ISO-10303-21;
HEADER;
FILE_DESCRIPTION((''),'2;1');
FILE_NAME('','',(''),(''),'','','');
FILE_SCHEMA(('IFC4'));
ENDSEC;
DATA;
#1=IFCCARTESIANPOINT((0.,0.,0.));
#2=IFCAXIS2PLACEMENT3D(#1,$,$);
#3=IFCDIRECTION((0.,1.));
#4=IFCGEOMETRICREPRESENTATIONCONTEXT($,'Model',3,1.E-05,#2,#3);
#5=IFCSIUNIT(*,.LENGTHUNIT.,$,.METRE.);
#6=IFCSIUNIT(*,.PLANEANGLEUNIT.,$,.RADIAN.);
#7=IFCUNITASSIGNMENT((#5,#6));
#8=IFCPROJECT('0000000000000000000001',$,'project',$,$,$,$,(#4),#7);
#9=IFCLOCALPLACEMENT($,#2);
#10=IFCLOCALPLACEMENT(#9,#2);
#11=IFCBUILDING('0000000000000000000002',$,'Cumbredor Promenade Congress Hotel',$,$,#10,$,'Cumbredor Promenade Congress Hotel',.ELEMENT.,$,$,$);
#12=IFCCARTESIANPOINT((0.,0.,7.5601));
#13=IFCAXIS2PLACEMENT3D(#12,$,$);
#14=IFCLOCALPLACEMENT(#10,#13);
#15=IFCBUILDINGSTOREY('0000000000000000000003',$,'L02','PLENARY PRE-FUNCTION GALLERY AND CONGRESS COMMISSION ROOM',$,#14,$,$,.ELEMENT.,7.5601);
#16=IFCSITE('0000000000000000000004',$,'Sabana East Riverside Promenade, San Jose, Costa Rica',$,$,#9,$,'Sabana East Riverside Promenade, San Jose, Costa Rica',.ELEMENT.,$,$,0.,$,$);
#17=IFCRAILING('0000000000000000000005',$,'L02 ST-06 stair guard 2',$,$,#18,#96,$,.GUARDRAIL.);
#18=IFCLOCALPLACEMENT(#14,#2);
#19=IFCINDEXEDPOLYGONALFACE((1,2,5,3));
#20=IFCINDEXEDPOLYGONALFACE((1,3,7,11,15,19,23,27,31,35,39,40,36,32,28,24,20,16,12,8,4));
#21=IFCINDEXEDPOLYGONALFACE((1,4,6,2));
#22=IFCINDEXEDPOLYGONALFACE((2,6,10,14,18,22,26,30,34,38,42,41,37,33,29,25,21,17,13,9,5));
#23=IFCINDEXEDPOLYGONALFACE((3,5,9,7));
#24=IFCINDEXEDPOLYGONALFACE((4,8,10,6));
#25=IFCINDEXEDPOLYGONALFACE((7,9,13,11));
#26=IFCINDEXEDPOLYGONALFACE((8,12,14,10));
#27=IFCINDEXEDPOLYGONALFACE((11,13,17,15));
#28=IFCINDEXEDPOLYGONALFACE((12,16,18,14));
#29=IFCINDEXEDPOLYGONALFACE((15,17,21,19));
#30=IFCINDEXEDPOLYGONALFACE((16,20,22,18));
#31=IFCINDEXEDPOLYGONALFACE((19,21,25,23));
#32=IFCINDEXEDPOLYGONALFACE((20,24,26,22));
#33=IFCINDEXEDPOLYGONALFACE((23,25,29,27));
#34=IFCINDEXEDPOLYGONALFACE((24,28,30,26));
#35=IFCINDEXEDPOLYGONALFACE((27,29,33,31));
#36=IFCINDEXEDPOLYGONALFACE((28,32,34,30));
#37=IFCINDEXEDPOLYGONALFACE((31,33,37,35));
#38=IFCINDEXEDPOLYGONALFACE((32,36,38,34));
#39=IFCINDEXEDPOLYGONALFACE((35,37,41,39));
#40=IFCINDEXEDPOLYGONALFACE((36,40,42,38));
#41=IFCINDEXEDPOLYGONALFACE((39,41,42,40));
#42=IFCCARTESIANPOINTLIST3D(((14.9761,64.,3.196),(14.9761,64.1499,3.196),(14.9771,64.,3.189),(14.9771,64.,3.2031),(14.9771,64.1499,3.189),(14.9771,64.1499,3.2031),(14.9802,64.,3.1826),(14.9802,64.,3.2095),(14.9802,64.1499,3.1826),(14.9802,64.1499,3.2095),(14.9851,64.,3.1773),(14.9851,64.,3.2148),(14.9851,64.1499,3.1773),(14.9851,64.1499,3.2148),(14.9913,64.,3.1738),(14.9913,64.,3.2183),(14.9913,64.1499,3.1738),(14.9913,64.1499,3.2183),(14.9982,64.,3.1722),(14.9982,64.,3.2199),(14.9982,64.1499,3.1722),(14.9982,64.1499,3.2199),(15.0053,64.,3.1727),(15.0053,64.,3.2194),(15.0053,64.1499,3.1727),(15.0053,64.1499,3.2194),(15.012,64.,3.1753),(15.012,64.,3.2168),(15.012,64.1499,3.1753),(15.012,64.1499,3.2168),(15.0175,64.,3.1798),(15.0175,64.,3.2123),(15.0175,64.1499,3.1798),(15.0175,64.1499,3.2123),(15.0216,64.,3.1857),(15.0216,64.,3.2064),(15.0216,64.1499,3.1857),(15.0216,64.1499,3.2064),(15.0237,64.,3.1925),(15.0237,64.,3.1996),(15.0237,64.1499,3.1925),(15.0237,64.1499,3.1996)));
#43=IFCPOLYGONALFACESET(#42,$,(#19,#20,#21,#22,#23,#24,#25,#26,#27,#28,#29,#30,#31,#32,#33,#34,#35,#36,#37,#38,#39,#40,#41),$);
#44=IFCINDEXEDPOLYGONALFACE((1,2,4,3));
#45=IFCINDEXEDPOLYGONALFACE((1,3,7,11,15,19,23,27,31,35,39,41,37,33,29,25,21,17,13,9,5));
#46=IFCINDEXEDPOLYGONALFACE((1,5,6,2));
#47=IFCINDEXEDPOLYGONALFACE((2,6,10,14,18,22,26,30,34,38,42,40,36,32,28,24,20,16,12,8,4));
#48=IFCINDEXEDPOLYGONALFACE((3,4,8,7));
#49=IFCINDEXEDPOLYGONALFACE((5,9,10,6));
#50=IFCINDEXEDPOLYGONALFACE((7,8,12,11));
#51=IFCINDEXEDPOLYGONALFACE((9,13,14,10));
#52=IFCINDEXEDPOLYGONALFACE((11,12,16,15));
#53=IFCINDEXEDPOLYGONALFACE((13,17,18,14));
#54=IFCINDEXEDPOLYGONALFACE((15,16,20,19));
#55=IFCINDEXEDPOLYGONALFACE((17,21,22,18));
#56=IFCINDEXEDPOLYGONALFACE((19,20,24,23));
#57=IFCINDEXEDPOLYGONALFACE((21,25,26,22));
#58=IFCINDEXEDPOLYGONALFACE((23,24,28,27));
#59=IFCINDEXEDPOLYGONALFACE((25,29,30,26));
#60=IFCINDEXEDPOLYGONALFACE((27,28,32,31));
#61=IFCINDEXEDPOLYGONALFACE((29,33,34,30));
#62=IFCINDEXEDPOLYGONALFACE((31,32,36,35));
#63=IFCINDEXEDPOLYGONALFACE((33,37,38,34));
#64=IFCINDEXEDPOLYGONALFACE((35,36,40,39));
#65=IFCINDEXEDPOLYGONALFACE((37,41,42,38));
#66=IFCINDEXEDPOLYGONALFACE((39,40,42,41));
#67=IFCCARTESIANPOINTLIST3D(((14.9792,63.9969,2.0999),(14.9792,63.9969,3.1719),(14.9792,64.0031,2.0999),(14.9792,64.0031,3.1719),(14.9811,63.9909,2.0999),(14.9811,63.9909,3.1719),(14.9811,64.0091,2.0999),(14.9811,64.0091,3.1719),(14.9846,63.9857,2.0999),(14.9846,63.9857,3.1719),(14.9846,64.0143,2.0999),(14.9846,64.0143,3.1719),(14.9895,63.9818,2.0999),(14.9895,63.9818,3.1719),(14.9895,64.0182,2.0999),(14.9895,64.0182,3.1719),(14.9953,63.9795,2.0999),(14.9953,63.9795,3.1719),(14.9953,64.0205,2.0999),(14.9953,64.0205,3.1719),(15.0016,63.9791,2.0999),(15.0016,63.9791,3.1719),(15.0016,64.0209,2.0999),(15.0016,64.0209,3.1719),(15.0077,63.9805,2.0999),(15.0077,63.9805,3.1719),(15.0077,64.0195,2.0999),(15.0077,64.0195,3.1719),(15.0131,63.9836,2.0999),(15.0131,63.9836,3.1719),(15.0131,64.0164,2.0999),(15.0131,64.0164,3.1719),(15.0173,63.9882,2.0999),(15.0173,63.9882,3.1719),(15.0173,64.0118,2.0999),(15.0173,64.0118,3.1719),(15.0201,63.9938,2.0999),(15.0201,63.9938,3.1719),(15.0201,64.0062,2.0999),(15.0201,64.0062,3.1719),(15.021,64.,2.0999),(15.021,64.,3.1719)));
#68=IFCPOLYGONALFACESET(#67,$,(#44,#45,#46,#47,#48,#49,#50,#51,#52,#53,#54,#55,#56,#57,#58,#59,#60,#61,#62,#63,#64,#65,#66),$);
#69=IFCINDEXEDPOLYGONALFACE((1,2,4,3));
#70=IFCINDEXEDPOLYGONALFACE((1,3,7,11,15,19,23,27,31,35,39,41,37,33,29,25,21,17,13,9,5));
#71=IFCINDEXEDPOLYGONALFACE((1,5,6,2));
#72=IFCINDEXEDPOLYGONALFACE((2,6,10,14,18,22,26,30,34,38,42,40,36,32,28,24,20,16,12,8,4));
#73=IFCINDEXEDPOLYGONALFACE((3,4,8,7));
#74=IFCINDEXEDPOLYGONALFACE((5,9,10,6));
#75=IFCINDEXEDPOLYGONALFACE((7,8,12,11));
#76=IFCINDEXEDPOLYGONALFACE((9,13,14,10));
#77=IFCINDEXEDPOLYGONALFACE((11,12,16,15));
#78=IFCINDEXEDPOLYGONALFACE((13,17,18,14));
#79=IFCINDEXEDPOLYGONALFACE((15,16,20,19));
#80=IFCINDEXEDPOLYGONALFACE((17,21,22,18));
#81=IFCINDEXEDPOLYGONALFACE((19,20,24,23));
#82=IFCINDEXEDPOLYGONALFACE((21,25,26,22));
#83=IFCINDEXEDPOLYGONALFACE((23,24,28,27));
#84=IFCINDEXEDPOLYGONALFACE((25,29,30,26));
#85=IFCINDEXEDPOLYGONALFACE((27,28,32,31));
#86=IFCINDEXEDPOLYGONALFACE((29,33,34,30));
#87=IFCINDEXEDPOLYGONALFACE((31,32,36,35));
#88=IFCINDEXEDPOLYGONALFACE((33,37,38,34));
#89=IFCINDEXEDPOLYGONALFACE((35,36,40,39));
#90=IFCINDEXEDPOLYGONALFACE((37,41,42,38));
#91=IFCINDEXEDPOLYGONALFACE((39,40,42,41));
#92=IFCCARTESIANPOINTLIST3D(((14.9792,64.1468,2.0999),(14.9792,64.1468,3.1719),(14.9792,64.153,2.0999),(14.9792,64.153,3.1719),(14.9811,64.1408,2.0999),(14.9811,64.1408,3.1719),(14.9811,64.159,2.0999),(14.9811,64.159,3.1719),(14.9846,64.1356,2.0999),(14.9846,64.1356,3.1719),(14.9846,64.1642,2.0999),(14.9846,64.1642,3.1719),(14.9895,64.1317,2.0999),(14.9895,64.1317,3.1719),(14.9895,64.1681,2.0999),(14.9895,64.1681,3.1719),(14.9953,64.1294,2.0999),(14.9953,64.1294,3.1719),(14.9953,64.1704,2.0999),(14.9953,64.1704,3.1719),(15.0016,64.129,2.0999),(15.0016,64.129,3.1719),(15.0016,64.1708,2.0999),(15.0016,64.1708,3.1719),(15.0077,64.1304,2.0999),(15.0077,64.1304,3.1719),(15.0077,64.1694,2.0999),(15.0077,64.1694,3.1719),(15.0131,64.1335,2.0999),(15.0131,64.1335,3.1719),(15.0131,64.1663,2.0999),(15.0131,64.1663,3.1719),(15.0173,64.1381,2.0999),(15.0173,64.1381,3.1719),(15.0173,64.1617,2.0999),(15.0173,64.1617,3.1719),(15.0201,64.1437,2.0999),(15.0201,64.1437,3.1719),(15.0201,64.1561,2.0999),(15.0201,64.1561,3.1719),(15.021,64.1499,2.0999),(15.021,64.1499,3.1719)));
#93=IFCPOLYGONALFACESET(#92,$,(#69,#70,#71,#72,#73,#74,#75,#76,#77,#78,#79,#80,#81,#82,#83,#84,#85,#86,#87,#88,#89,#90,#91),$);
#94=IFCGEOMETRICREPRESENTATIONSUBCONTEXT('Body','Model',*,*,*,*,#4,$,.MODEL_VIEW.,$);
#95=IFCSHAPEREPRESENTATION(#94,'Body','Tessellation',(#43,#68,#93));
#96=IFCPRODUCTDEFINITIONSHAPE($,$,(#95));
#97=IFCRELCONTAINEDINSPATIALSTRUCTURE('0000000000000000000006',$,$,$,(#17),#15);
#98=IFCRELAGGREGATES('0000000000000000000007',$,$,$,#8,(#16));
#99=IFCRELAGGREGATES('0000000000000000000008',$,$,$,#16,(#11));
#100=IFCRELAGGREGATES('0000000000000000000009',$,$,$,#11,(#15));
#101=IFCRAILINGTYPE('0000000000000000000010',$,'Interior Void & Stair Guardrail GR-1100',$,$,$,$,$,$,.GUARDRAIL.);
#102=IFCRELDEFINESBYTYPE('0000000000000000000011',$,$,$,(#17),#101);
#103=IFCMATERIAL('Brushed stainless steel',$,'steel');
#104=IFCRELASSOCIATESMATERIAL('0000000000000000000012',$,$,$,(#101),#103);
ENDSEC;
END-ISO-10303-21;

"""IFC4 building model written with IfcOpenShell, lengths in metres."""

from ifc_helpers import new_model, si_unit, direction, frame, origin, origin_2d, place, context, subcontext, project, spatial, circle, extrude, material, type_object, element, save


model = new_model("IFC4")

# Units and contexts
model_context = context("Model", 3, precision=1e-05, world=origin(), true_north=direction((0.0, 1.0)))
body_context = subcontext(model_context, "Body", "Model", "MODEL_VIEW")
ifc_project = project(units=[si_unit("LENGTHUNIT", "METRE"), si_unit("PLANEANGLEUNIT", "RADIAN")], contexts=[model_context])

# Site, building, storey
site_placement = place(None, origin())
site = spatial("IfcSite", under=ifc_project, at=site_placement, Name="Sabana East Riverside Promenade, San Jose, Costa Rica", LongName="Sabana East Riverside Promenade, San Jose, Costa Rica", CompositionType="ELEMENT", RefElevation=0.0)
building_placement = place(site_placement, origin())
building = spatial("IfcBuilding", under=site, at=building_placement, Name="Cumbredor Promenade Congress Hotel", LongName="Cumbredor Promenade Congress Hotel", CompositionType="ELEMENT")
storey_placement = place(building_placement, frame((0.0, 0.0, 7.5601)))
storey = spatial("IfcBuildingStorey", under=building, at=storey_placement, Name="L02", Description="PLENARY PRE-FUNCTION GALLERY AND CONGRESS COMMISSION ROOM", CompositionType="ELEMENT", Elevation=7.5601)

# Shared definitions
ifc_material_1 = material(Name="Brushed stainless steel", Category="steel")

# Railing
railing_type_1 = type_object("IfcRailingType", Name="Interior Void & Stair Guardrail GR-1100", PredefinedType="GUARDRAIL", material=ifc_material_1)
railing_1_placement = place(storey_placement, frame((15.0, 64.0, 2.0999)))
element("IfcRailing", 1, at=railing_1_placement, inside=storey, type_object=railing_type_1, Name="L02 ST-06 stair guard 2", PredefinedType="GUARDRAIL", context=body_context, shape_type="SweptSolid", body=[
    extrude(circle(Radius=0.0239, at=origin_2d()), frame((0.0, 0.0, 1.0962), z_axis=(0.0, 1.0, 0.0), x_axis=(-1.0, 0.0, 0.0)), (0.0, 0.0, 1.0), 0.1499),
    extrude(circle(Radius=0.021, at=origin_2d()), origin(), (0.0, 0.0, 1.0), 1.072),
    extrude(circle(Radius=0.021, at=origin_2d()), frame((0.0, 0.1499, 0.0)), (0.0, 0.0, 1.0), 1.072),
])

save(model, "model.ifc")
